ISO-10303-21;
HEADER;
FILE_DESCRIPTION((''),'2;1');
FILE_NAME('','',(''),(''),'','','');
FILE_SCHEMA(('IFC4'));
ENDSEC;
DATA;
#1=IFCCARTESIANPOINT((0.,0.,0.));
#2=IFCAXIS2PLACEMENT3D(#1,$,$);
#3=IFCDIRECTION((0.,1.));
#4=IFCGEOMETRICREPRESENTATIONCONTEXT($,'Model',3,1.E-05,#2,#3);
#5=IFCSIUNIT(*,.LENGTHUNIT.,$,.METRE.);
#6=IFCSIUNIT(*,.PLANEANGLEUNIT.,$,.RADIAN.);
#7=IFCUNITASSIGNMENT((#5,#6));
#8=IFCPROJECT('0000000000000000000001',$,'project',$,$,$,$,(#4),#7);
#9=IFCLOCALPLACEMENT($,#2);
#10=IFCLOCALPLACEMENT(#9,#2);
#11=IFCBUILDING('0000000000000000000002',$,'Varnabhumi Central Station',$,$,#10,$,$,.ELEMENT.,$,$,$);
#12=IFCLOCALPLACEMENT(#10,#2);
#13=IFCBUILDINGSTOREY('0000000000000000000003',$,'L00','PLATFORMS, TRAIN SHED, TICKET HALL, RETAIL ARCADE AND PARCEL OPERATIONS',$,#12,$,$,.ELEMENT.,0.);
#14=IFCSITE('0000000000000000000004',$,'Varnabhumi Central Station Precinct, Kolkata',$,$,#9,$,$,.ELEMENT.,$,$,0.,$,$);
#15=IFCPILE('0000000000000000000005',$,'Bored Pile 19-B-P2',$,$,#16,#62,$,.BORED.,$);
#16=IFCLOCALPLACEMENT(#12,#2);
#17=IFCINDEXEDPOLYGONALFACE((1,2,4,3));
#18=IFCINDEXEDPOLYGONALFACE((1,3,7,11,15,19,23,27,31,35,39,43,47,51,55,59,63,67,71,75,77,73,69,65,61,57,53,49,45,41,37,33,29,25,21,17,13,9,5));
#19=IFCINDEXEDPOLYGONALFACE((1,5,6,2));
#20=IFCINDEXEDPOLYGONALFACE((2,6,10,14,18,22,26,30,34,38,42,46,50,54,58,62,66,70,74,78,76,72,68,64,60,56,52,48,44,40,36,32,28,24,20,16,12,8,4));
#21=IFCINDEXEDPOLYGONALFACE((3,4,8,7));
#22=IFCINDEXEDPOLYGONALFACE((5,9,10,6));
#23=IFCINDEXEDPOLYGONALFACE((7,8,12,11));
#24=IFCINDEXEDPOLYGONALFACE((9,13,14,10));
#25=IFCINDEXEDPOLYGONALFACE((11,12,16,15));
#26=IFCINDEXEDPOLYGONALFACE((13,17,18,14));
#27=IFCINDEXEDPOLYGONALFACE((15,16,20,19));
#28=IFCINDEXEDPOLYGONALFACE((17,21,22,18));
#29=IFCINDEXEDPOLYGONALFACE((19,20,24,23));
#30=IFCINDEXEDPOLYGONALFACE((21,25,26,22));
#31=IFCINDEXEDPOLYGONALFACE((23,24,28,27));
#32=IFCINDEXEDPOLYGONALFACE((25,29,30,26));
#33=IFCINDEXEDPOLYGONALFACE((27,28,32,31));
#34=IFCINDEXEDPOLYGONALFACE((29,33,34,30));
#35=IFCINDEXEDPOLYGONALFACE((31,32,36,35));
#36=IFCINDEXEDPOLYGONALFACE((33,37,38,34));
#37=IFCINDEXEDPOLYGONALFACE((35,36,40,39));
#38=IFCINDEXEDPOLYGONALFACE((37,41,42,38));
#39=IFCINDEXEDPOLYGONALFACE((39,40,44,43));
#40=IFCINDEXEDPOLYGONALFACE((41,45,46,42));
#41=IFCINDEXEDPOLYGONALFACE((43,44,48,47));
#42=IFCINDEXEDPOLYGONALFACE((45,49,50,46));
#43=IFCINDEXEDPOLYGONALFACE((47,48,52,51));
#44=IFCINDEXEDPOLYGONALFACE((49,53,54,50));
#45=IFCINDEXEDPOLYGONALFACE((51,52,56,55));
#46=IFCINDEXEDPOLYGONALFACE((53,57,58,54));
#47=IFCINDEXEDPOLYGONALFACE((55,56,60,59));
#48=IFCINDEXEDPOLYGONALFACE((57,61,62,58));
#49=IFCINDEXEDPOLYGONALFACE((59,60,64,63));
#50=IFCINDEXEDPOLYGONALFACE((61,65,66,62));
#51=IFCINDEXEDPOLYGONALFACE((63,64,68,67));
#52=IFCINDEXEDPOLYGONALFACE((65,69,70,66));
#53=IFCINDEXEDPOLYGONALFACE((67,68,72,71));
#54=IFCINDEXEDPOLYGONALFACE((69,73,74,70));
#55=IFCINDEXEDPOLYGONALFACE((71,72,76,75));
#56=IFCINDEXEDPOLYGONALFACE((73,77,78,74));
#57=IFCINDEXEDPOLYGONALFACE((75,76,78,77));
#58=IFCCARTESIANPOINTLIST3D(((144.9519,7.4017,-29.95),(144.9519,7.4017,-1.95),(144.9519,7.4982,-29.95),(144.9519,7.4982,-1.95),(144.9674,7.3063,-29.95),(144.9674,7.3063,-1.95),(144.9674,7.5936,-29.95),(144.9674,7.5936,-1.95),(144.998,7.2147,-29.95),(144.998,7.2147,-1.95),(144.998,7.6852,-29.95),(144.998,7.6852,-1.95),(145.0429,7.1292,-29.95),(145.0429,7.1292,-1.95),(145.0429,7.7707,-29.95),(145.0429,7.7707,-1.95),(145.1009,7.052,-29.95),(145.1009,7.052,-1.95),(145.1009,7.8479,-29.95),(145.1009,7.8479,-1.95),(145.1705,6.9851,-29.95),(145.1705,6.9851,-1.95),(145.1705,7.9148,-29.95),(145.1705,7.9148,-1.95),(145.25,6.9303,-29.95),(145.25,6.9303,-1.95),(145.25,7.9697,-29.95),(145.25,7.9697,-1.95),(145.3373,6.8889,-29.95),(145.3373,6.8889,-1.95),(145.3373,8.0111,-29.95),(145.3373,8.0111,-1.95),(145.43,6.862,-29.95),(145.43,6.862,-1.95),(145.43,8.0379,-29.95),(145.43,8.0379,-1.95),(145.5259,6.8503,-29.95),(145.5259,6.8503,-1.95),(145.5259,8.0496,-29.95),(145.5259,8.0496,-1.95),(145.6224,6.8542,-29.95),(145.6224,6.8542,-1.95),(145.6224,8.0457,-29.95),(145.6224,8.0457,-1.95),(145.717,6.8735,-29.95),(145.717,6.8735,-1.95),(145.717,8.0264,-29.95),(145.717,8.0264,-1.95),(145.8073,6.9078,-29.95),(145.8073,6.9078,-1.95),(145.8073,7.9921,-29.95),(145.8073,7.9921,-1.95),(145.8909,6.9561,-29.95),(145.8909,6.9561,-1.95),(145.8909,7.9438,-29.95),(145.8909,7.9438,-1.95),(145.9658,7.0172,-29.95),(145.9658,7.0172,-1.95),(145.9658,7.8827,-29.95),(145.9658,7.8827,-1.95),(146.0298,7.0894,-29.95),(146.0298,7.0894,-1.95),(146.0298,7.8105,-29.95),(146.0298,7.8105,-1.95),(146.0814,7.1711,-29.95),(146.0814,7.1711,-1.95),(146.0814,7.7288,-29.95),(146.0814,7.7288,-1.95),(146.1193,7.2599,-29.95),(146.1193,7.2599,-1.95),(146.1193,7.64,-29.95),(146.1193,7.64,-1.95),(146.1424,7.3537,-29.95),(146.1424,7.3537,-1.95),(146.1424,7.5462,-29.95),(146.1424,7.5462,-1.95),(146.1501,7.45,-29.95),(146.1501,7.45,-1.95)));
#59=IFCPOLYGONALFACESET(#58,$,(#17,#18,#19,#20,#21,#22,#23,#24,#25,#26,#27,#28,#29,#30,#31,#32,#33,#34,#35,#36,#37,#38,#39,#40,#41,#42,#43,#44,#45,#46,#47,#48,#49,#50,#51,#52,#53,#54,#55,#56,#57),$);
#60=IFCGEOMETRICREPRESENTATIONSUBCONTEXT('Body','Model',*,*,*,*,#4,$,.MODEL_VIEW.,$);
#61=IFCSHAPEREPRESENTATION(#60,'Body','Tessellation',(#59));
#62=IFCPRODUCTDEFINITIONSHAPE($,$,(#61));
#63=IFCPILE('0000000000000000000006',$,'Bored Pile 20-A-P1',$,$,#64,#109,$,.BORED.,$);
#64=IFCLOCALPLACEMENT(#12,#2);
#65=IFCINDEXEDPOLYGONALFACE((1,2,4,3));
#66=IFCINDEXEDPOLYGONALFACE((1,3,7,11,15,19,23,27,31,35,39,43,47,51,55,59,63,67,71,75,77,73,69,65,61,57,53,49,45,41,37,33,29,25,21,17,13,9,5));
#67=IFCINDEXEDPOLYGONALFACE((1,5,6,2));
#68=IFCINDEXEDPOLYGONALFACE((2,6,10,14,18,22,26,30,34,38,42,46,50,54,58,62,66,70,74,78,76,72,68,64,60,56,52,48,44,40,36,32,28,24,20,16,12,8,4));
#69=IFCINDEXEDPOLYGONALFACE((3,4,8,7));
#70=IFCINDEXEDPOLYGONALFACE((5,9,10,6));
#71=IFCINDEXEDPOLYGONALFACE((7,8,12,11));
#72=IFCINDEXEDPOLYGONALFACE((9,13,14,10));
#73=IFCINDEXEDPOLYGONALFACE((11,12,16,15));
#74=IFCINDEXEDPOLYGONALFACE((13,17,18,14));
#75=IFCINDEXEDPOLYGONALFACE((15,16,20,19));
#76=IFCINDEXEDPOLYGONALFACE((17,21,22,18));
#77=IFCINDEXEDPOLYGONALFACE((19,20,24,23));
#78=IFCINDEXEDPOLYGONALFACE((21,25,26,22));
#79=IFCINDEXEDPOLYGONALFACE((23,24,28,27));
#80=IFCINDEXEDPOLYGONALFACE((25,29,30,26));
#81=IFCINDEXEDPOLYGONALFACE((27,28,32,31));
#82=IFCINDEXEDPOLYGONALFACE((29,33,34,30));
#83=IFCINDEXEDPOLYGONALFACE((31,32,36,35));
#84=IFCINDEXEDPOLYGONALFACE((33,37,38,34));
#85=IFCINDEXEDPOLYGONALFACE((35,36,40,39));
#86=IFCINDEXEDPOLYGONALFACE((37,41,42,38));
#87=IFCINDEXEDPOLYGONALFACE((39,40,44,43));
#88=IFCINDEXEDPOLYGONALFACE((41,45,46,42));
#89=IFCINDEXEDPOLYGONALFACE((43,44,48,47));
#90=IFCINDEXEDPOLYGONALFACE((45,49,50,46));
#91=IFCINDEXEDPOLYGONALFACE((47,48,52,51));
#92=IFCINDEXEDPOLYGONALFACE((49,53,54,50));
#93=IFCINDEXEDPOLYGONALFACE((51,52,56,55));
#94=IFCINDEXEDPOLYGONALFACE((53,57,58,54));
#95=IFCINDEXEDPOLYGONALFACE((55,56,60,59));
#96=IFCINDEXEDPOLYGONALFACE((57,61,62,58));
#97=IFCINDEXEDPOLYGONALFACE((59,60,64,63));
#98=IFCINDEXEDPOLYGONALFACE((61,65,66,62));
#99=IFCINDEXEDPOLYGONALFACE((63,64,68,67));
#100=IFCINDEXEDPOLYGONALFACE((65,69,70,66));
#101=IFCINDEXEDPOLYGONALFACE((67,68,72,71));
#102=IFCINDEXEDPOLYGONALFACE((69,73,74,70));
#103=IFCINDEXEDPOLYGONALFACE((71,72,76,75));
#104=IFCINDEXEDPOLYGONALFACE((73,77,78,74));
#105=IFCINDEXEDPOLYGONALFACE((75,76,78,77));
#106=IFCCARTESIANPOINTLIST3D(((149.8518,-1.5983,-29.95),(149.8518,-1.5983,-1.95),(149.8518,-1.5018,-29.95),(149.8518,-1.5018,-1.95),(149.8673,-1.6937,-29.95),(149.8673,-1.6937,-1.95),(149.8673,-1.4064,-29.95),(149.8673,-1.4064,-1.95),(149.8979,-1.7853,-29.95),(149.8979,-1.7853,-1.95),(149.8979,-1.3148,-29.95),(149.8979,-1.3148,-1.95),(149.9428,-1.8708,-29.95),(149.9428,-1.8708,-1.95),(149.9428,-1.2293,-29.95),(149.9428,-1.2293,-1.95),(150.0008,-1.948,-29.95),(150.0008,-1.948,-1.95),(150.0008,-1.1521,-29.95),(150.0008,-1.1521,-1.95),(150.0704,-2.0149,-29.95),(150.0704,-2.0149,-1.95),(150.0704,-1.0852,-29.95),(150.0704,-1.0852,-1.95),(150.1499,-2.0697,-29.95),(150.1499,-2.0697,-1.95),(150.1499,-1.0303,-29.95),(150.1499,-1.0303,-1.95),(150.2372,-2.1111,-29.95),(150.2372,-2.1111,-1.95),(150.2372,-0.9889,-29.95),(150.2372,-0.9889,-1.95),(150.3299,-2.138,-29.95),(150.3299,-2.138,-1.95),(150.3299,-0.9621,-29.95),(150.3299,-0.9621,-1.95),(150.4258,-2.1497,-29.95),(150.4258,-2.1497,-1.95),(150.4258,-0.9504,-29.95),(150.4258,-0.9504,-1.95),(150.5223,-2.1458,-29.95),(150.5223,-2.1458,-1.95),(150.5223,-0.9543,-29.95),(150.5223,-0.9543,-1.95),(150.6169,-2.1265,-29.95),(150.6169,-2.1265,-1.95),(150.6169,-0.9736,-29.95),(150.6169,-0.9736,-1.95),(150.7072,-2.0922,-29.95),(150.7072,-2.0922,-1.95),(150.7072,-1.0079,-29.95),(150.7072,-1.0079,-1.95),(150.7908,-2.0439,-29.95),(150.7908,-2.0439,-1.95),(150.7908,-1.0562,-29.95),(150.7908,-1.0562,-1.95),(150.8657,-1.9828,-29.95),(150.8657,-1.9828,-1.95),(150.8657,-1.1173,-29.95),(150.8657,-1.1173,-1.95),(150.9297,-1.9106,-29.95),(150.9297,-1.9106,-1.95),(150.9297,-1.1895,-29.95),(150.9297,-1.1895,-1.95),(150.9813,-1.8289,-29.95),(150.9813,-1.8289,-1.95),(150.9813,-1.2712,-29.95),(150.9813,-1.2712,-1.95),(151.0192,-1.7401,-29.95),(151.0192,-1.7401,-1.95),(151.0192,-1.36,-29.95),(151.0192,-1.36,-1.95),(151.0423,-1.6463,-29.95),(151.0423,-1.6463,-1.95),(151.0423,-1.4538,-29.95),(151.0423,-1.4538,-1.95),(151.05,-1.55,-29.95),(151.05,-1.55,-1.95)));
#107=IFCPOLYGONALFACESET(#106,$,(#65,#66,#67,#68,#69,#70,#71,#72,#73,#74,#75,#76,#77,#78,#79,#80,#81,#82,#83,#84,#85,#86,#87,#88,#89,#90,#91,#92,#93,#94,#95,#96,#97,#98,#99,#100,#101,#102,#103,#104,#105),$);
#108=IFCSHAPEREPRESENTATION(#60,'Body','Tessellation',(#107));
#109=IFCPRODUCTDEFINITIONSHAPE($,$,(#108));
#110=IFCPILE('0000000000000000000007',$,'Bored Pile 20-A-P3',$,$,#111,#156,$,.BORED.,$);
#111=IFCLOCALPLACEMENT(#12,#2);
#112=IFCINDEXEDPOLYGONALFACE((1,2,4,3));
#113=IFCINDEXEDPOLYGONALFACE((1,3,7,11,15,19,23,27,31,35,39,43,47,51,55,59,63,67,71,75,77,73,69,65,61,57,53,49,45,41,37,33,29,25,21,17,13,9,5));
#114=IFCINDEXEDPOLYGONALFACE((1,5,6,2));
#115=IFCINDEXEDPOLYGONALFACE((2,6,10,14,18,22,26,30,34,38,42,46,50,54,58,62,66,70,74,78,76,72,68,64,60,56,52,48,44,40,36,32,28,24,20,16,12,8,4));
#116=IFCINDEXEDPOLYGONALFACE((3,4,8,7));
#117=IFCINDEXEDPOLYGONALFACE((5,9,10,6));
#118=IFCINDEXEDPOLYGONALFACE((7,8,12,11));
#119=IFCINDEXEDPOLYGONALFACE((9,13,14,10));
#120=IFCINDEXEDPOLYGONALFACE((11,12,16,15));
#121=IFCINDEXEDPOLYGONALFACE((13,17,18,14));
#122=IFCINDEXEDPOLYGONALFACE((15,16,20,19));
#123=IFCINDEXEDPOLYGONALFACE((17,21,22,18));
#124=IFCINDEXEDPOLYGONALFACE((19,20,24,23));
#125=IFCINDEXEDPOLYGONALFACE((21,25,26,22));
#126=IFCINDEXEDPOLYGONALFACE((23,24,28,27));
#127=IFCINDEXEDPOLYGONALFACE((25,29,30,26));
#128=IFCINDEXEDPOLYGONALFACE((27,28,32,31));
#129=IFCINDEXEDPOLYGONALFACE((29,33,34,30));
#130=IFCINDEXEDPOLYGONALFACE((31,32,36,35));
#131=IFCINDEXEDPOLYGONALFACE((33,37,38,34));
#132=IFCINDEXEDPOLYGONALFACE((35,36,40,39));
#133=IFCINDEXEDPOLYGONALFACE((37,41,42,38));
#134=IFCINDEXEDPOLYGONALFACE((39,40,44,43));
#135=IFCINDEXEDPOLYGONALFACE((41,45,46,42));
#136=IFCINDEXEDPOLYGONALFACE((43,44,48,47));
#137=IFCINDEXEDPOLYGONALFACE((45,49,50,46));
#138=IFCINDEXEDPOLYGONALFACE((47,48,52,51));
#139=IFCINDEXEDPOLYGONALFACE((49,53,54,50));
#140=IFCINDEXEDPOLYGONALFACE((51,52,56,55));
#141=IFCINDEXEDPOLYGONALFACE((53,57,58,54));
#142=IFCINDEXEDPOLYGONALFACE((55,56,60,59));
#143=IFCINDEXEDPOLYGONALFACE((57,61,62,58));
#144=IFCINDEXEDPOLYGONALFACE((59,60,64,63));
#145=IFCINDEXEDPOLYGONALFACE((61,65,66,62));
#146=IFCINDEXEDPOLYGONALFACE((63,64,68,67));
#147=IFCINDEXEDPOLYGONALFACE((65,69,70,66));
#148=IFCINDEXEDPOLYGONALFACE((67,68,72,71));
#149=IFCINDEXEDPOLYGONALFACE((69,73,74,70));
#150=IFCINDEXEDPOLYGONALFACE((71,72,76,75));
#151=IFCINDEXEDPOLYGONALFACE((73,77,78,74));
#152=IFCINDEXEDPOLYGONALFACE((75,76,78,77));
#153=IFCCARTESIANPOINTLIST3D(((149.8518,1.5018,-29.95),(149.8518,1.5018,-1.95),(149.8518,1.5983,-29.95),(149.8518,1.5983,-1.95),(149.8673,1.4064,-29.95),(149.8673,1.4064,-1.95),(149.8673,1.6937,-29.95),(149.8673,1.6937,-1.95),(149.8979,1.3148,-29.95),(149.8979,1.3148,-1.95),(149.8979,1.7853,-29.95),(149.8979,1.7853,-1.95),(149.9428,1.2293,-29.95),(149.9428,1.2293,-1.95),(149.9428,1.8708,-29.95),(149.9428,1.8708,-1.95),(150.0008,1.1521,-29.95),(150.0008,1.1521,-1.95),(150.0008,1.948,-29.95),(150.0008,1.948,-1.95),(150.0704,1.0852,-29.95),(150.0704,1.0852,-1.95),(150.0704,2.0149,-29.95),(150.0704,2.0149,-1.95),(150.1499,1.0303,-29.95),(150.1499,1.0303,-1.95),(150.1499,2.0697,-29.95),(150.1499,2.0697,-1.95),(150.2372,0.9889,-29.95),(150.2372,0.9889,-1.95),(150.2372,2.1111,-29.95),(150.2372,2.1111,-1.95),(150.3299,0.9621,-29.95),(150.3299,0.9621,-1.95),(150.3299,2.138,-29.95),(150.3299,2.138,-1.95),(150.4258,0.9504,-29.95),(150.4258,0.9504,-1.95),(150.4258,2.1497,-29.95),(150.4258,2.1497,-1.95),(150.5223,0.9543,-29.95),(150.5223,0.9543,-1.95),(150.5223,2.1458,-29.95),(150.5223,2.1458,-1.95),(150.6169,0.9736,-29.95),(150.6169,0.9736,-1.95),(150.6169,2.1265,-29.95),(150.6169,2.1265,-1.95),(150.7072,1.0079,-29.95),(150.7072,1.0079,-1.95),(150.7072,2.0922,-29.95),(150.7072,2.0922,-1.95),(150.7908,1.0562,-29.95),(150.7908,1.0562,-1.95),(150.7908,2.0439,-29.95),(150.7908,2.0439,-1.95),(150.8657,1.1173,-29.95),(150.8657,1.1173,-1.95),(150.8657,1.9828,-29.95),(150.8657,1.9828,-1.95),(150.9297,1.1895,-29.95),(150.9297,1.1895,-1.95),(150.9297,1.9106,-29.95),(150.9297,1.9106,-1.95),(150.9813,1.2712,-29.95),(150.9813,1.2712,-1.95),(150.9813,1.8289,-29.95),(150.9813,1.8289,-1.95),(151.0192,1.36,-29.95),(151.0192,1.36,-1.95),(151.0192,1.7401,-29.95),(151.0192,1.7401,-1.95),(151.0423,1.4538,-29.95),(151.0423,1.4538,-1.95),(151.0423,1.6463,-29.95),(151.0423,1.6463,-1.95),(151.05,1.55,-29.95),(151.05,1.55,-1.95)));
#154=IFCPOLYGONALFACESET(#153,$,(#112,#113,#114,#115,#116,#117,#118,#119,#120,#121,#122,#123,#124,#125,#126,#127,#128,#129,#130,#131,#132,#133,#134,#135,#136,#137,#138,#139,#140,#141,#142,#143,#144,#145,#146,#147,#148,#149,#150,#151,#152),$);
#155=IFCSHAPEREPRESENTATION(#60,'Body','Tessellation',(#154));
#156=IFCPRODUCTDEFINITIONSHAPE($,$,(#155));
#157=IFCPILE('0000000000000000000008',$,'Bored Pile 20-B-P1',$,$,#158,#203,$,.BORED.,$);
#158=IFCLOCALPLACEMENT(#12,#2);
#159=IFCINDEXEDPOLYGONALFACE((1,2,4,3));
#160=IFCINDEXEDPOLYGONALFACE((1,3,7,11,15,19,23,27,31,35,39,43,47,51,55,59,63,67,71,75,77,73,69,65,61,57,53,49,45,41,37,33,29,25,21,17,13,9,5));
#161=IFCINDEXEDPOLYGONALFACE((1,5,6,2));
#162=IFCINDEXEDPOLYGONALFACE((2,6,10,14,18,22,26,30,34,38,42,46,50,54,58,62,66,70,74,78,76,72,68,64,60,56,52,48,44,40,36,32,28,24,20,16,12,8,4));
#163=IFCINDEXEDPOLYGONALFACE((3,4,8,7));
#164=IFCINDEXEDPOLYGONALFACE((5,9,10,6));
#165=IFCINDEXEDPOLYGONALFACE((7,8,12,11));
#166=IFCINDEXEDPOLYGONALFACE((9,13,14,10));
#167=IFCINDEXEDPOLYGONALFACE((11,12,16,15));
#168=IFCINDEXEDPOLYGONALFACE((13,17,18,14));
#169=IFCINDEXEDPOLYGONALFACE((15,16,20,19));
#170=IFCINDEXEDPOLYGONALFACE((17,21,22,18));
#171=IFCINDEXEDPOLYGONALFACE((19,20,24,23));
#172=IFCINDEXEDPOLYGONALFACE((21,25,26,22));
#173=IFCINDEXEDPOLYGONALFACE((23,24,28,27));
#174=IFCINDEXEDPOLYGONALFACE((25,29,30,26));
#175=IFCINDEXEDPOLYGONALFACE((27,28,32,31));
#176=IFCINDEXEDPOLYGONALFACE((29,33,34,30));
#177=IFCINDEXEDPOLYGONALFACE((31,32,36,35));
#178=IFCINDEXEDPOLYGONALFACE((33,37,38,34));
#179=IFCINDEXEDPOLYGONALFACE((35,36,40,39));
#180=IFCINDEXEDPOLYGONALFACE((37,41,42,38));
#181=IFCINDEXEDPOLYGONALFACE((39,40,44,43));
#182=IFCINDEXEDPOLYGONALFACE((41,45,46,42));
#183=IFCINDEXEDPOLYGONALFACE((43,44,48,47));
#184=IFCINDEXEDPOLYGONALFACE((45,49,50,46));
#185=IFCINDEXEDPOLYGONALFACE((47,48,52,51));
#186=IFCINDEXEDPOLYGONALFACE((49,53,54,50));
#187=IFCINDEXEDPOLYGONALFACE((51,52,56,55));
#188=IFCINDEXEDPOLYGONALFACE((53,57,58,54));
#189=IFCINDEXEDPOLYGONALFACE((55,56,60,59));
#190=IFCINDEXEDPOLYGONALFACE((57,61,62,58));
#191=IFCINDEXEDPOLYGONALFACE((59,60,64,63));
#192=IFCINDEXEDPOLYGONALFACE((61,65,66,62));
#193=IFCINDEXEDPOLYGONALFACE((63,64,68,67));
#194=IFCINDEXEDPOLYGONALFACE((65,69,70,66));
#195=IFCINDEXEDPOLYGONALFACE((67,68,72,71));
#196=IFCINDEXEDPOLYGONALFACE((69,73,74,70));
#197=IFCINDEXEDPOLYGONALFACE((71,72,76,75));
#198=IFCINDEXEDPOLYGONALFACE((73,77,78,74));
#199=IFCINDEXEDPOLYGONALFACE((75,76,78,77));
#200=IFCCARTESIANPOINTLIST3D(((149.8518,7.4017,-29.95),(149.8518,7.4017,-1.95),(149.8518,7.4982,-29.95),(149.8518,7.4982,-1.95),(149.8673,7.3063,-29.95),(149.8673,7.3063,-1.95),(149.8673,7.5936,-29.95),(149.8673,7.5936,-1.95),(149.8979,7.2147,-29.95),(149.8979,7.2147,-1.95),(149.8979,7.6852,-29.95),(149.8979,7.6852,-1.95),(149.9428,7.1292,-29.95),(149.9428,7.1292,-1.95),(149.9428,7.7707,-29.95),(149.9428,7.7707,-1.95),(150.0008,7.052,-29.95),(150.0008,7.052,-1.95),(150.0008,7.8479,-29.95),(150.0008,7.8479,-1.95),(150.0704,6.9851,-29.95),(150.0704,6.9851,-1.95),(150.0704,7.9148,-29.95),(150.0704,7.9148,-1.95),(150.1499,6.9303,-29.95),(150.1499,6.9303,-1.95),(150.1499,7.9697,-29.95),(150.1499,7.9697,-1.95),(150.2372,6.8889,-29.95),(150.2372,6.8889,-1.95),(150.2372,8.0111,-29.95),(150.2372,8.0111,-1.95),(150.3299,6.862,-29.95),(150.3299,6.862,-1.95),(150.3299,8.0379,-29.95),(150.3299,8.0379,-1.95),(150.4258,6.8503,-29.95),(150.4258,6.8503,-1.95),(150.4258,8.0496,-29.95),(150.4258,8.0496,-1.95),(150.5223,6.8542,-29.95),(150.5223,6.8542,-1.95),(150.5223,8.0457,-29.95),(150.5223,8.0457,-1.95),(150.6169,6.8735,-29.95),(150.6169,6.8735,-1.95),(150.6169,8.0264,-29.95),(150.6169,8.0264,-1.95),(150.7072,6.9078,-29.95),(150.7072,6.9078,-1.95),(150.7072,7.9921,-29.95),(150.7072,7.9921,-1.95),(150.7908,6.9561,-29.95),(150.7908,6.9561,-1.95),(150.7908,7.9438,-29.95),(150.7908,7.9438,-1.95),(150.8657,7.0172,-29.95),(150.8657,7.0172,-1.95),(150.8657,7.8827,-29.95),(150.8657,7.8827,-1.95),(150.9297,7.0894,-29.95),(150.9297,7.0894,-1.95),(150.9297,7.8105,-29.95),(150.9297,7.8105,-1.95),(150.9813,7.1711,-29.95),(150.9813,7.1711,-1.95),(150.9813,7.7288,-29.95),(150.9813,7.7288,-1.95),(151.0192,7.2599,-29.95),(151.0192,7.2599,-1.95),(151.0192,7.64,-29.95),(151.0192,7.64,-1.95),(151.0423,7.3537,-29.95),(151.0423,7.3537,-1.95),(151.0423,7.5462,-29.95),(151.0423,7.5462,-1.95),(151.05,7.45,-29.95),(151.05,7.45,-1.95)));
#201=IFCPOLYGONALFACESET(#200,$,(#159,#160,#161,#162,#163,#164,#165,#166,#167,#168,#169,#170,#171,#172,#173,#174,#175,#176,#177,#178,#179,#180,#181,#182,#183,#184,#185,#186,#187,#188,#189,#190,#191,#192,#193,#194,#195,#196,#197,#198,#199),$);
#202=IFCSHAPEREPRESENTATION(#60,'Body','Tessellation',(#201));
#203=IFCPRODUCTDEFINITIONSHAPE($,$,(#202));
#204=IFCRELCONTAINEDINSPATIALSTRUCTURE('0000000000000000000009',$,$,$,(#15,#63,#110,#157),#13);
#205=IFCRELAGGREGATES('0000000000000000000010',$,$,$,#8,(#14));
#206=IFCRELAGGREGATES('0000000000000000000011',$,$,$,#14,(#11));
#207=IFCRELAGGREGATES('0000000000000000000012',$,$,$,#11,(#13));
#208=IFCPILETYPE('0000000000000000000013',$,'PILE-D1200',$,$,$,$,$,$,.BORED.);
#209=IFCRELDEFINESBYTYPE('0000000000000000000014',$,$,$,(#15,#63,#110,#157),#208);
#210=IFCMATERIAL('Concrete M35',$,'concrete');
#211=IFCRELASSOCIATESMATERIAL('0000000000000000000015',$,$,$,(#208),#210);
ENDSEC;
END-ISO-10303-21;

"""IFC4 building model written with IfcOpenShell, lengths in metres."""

from ifc_helpers import new_model, si_unit, direction, frame, origin, origin_2d, place, context, subcontext, project, spatial, circle, extrude, material, material_profile, profile_set, type_object, element, save


model = new_model("IFC4")

# Units and contexts
model_context = context("Model", 3, precision=1e-05, world=origin(), true_north=direction((0.0, 1.0)))
body_context = subcontext(model_context, "Body", "Model", "MODEL_VIEW")
ifc_project = project(units=[si_unit("LENGTHUNIT", "METRE"), si_unit("PLANEANGLEUNIT", "RADIAN")], contexts=[model_context])

# Site, building, storey
site_placement = place(None, origin())
site = spatial("IfcSite", under=ifc_project, at=site_placement, Name="Varnabhumi Central Station Precinct, Kolkata", CompositionType="ELEMENT", RefElevation=0.0)
building_placement = place(site_placement, origin())
building = spatial("IfcBuilding", under=site, at=building_placement, Name="Varnabhumi Central Station", CompositionType="ELEMENT")
storey_placement = place(building_placement, origin())
storey = spatial("IfcBuildingStorey", under=building, at=storey_placement, Name="L00", Description="PLATFORMS, TRAIN SHED, TICKET HALL, RETAIL ARCADE AND PARCEL OPERATIONS", CompositionType="ELEMENT", Elevation=0.0)

# Piles
ifc_material_1 = material(Name="Concrete M35", Category="concrete")
ifc_material_profile_1 = material_profile(ifc_material_1, circle(Radius=0.6001, at=origin_2d()), Name="Concrete M35", Category="concrete")
ifc_profile_set_1 = profile_set([ifc_material_profile_1], Name="Concrete M35")
pile_type = type_object("IfcPileType", Name="PILE-D1200", PredefinedType="BORED", material=ifc_profile_set_1)
for number, where, z_axis, x_axis, name in (
    (1, (145.55, 7.45, -1.95), (0.0, 0.0, -1.0), (1.0, 0.0, 0.0), "Bored Pile 19-B-P2"),
    (2, (150.45, -1.55, -1.95), (0.0, 0.0, -1.0), (1.0, 0.0, 0.0), "Bored Pile 20-A-P1"),
    (3, (150.45, 1.55, -1.95), (0.0, 0.0, -1.0), (1.0, 0.0, 0.0), "Bored Pile 20-A-P3"),
    (4, (150.45, 7.45, -1.95), (0.0, 0.0, -1.0), (1.0, 0.0, 0.0), "Bored Pile 20-B-P1"),
):
    element("IfcPile", number, at=place(storey_placement, frame(where, z_axis=z_axis, x_axis=x_axis)), inside=storey, type_object=pile_type, Name=name, PredefinedType="BORED", context=body_context, shape_type="SweptSolid", body=[
        extrude(circle(Radius=0.6001, at=origin_2d()), origin(), (0.0, 0.0, 1.0), 28.0),
    ])

save(model, "model.ifc")
